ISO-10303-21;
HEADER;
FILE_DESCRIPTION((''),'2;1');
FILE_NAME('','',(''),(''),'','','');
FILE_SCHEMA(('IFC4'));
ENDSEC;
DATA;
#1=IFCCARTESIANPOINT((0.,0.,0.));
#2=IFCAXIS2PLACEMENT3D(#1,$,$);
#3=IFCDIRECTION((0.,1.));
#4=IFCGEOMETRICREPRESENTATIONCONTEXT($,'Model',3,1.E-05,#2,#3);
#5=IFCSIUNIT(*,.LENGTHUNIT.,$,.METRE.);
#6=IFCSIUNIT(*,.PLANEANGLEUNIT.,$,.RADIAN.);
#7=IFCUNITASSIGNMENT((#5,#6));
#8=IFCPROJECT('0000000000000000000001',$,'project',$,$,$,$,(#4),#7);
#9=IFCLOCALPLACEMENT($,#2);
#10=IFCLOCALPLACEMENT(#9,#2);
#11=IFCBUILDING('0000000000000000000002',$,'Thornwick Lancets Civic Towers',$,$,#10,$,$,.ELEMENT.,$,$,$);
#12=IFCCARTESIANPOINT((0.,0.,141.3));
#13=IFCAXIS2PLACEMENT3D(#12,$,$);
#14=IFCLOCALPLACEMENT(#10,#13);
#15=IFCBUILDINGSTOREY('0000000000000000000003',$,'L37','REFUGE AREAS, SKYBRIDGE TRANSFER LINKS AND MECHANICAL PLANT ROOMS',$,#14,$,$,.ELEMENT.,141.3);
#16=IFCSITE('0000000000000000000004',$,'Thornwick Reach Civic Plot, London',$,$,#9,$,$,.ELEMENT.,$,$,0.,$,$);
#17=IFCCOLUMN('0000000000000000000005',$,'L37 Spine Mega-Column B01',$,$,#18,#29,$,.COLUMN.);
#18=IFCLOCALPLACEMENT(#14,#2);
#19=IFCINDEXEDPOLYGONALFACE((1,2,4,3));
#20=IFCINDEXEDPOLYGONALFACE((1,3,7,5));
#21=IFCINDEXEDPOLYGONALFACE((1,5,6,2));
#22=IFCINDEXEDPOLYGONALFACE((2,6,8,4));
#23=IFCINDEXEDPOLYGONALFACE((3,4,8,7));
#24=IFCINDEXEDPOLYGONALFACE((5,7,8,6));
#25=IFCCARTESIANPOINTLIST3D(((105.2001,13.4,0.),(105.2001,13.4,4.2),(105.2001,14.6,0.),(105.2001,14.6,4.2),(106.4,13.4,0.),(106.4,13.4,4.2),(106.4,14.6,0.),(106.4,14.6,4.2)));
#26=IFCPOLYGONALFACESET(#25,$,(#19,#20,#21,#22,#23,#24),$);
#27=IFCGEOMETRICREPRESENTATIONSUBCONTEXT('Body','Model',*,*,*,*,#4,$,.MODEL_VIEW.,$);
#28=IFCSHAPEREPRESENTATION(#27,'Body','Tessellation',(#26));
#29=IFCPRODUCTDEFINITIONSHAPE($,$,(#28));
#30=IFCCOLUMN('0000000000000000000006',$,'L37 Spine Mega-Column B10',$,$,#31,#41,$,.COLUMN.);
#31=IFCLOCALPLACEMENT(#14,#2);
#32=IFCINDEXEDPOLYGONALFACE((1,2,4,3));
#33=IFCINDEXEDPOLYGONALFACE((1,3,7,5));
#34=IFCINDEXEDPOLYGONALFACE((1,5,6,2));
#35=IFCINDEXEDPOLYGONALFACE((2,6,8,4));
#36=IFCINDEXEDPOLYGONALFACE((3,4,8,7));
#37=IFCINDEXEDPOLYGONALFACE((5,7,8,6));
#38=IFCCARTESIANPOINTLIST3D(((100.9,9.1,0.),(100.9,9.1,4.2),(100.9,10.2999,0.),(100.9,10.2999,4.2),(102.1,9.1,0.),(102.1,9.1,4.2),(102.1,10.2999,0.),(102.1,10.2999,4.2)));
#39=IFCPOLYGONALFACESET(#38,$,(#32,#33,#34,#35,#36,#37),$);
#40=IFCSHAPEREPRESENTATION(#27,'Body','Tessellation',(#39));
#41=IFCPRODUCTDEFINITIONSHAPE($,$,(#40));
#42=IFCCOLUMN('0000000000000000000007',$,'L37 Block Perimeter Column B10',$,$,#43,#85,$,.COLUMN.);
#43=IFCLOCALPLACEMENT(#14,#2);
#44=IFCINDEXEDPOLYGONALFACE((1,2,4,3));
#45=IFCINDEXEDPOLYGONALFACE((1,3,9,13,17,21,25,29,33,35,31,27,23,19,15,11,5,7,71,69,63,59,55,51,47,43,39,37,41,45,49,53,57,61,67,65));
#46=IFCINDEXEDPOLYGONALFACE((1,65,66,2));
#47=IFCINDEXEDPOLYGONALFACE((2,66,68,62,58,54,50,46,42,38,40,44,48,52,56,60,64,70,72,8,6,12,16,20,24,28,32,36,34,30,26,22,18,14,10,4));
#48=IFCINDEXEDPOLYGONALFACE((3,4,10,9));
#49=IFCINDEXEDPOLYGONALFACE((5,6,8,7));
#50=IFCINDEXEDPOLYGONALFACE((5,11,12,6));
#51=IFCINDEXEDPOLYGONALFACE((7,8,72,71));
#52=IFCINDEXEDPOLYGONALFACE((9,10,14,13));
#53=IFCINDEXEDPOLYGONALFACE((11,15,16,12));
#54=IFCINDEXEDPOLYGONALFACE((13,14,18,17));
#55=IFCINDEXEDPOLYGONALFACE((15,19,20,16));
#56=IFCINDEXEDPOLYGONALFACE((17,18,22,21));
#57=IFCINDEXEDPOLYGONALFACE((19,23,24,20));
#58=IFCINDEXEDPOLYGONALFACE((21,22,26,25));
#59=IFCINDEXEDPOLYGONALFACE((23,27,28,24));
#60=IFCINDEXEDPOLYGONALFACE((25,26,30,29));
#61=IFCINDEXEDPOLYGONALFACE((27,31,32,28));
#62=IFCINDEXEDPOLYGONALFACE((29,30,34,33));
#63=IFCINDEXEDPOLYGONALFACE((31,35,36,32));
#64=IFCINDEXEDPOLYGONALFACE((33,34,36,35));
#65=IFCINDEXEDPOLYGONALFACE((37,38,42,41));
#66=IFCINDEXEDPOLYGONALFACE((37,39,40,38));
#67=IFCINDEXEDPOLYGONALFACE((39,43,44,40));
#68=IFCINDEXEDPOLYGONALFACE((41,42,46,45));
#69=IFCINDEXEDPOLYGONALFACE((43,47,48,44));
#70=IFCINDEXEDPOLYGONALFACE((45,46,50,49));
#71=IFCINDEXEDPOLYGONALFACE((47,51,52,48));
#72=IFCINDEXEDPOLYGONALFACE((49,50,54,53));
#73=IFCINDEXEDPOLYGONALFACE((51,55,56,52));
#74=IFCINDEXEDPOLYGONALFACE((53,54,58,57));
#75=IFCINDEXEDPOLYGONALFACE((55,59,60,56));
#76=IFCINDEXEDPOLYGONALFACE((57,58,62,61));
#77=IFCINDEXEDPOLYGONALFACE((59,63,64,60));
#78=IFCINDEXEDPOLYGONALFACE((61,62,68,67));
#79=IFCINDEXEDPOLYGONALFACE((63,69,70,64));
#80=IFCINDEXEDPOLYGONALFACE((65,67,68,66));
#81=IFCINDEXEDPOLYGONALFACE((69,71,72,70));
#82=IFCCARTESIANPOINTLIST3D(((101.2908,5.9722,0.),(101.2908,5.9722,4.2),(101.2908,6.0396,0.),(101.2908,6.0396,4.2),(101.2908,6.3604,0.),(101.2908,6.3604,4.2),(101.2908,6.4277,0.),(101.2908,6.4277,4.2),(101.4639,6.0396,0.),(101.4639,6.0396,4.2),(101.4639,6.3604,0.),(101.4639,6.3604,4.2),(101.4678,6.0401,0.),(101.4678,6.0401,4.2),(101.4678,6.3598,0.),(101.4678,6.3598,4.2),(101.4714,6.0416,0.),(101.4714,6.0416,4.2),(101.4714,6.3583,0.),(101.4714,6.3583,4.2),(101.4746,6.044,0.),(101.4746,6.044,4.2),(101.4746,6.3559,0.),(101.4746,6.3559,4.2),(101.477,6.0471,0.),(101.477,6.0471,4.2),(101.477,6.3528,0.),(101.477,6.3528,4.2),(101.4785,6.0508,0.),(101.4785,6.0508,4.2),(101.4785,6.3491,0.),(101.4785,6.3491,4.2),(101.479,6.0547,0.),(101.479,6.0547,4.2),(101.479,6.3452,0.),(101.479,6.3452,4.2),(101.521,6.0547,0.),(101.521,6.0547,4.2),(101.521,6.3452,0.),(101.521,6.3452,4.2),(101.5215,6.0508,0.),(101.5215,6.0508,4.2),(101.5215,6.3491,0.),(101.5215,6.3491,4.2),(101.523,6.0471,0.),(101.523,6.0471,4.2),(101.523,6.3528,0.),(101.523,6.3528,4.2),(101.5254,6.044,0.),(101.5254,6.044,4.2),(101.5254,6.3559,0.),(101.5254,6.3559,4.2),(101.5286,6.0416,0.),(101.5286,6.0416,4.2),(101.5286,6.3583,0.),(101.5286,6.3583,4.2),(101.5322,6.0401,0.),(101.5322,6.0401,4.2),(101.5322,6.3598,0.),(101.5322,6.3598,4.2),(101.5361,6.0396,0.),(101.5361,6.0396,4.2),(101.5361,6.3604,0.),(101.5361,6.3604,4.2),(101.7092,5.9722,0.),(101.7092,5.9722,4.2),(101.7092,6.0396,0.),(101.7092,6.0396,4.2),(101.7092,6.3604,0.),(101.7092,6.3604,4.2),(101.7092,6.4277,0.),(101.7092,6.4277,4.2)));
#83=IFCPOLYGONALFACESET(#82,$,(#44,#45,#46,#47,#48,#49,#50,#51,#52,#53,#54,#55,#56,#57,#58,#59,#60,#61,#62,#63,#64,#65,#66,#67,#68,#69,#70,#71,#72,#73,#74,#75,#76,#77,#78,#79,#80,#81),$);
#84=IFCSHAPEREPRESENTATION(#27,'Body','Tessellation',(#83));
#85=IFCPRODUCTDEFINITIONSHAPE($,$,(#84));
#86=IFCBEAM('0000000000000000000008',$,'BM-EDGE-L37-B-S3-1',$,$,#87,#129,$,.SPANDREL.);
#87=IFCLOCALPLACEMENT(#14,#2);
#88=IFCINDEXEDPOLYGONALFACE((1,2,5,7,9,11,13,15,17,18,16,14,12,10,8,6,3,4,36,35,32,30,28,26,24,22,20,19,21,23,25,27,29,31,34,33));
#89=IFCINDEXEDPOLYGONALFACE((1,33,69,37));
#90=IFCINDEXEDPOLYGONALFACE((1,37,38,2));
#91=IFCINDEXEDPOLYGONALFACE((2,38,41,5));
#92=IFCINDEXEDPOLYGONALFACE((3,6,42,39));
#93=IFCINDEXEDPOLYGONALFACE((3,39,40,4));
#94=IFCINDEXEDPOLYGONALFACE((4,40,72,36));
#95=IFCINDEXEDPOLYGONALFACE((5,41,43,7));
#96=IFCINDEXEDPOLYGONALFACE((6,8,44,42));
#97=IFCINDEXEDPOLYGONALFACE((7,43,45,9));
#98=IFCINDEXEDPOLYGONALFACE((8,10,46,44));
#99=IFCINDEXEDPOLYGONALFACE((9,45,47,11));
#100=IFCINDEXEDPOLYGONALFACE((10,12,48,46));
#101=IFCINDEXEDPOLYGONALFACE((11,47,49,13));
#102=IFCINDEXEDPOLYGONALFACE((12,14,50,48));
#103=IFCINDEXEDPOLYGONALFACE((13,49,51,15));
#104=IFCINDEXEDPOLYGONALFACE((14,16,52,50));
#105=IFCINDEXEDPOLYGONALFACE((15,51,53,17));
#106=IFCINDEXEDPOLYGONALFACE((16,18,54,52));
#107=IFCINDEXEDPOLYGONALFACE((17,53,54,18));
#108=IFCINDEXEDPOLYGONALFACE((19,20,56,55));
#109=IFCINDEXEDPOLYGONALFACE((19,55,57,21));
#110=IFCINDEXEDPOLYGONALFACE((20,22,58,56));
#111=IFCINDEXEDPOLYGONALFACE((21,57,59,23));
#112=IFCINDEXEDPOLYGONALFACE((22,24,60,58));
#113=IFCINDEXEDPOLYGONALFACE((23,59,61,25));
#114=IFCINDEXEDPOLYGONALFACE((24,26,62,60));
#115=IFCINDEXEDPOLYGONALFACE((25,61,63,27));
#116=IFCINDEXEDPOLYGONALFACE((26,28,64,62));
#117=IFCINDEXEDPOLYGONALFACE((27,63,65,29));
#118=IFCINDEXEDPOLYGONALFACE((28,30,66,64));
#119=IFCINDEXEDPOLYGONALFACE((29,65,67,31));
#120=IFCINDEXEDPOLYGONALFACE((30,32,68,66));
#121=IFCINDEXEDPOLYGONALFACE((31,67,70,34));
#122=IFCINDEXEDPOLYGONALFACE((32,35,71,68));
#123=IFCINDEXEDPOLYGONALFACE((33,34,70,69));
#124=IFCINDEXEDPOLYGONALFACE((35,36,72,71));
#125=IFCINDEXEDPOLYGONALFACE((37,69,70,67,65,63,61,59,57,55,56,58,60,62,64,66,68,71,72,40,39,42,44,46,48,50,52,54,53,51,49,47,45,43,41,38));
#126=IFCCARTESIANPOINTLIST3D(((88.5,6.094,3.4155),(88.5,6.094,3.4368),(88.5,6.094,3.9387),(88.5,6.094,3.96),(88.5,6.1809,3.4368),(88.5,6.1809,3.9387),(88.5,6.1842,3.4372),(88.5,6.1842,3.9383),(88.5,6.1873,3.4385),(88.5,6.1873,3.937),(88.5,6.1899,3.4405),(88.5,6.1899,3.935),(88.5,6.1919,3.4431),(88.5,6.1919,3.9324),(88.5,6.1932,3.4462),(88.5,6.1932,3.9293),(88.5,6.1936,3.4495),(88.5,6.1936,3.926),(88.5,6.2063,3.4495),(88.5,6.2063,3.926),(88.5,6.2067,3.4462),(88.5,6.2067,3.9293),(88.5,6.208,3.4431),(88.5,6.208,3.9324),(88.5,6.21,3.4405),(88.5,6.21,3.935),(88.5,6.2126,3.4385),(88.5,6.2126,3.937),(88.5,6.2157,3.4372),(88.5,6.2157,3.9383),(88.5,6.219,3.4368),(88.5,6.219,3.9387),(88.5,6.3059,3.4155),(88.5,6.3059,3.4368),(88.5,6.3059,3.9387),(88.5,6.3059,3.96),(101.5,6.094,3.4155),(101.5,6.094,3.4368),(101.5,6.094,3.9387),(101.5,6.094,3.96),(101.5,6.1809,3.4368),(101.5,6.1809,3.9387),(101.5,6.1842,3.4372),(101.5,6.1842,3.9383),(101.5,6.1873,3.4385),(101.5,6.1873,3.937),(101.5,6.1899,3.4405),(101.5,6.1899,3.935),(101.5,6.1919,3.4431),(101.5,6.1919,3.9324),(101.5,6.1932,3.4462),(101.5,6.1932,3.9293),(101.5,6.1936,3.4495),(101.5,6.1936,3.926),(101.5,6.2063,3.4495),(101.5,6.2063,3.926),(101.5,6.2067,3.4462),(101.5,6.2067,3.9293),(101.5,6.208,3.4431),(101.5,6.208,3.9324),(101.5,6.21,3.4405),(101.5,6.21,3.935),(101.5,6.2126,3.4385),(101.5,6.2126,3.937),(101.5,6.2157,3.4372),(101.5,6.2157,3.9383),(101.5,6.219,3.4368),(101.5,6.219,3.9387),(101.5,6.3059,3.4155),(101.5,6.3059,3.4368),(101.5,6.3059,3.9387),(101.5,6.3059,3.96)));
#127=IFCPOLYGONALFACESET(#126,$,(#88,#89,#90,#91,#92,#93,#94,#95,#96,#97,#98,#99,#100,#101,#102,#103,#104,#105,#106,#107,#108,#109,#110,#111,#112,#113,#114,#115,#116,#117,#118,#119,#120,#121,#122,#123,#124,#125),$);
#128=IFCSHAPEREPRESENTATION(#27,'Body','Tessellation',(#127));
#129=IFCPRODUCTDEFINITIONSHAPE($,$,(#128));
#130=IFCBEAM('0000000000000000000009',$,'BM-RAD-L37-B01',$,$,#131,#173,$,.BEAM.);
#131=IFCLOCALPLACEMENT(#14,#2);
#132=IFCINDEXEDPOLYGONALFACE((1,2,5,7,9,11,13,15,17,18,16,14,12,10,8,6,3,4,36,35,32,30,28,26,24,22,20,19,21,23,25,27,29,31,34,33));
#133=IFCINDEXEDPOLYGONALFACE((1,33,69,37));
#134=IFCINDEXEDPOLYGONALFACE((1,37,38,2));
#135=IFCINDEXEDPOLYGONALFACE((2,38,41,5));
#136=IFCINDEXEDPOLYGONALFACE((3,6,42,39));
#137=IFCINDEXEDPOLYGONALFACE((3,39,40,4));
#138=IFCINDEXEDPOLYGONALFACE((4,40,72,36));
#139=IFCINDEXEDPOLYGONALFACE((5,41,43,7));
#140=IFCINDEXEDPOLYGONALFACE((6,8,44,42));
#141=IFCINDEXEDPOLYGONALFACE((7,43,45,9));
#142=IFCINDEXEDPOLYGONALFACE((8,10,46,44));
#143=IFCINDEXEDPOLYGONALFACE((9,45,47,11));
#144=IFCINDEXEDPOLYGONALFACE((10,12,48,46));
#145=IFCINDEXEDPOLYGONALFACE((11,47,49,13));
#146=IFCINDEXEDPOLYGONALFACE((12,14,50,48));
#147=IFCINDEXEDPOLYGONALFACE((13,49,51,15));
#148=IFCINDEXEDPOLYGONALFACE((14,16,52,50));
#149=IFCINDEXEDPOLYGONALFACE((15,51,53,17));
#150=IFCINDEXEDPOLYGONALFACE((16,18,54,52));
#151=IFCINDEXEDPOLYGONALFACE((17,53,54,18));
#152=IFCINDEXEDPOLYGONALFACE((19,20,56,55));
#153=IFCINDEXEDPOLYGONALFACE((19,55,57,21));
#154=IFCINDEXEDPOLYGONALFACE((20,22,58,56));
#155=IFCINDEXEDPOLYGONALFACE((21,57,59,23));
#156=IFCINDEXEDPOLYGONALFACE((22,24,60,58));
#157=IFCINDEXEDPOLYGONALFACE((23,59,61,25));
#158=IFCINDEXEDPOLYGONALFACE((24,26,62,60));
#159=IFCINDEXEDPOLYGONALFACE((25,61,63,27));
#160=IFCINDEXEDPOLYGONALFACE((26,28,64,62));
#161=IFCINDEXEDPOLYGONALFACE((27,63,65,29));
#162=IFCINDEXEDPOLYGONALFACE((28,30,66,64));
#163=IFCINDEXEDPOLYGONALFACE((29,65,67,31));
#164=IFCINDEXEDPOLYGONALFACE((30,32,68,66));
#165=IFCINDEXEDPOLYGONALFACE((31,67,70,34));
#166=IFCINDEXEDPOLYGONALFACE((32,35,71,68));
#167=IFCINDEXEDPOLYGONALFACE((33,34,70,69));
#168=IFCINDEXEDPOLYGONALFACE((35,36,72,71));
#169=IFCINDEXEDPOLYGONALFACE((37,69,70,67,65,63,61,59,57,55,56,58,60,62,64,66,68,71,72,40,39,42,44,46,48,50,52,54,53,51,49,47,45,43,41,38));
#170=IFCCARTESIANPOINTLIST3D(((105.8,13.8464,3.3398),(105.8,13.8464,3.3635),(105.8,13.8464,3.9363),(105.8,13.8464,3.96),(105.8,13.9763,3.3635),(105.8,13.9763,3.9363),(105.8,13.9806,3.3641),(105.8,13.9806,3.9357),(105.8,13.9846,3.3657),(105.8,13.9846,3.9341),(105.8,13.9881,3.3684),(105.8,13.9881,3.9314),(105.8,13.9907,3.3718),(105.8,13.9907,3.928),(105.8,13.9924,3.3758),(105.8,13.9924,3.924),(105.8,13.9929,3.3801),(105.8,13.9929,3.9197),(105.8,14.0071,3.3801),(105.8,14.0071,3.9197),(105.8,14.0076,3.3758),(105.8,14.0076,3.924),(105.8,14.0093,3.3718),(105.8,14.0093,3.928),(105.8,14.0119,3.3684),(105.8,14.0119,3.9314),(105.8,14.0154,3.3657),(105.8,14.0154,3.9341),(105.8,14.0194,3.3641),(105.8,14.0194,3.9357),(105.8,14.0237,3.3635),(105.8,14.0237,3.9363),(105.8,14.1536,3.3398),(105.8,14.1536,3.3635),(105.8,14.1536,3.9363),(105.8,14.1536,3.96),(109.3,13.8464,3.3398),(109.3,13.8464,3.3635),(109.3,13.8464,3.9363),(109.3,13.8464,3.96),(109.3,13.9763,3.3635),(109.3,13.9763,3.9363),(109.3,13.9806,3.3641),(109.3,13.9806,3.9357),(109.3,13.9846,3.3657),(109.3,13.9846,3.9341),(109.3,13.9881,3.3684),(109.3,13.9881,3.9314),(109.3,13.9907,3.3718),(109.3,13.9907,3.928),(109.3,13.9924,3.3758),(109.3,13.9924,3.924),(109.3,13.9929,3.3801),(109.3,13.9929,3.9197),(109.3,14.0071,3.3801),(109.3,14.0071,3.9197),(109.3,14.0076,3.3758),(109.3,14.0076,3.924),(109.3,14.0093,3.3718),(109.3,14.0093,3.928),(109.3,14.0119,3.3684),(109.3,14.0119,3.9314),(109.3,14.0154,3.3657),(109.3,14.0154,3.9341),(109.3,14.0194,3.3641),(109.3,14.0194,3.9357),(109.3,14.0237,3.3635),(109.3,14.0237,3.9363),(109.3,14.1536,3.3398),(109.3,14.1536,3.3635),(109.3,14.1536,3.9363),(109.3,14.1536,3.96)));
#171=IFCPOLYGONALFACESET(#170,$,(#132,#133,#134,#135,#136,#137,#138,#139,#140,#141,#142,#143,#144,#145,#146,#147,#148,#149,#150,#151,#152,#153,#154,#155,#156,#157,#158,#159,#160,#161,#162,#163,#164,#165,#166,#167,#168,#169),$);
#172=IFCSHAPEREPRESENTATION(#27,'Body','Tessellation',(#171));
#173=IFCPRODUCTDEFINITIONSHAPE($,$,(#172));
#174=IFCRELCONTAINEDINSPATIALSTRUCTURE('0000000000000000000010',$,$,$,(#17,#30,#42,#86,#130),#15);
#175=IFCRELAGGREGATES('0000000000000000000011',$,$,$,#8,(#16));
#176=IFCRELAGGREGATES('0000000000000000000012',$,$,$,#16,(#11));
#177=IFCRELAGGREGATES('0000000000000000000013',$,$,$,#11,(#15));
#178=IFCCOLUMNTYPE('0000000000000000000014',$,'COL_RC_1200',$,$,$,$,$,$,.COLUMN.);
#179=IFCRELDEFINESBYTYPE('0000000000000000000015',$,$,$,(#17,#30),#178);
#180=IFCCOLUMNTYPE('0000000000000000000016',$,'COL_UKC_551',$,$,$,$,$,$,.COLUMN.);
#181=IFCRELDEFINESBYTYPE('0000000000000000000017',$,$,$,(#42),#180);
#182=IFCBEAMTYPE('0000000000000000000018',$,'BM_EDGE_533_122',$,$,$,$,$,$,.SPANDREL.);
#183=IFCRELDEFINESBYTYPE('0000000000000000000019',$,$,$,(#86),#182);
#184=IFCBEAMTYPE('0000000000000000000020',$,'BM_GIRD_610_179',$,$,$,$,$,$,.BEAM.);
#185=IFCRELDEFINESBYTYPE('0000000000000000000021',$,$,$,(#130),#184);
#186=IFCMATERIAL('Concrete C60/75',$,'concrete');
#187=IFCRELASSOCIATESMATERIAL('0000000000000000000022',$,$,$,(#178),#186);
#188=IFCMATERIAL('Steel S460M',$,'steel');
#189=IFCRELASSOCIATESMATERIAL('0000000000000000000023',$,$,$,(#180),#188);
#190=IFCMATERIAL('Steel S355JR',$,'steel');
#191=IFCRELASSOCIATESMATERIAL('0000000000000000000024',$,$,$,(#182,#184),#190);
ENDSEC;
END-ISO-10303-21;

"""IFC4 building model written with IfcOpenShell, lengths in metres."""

from ifc_helpers import new_model, si_unit, direction, frame, origin, origin_2d, place, context, subcontext, project, spatial, rectangle, i_section, extrude, material, material_profile, profile_set, type_object, element, save


model = new_model("IFC4")

# Units and contexts
model_context = context("Model", 3, precision=1e-05, world=origin(), true_north=direction((0.0, 1.0)))
body_context = subcontext(model_context, "Body", "Model", "MODEL_VIEW")
ifc_project = project(units=[si_unit("LENGTHUNIT", "METRE"), si_unit("PLANEANGLEUNIT", "RADIAN")], contexts=[model_context])

# Site, building, storey
site_placement = place(None, origin())
site = spatial("IfcSite", under=ifc_project, at=site_placement, Name="Thornwick Reach Civic Plot, London", CompositionType="ELEMENT", RefElevation=0.0)
building_placement = place(site_placement, origin())
building = spatial("IfcBuilding", under=site, at=building_placement, Name="Thornwick Lancets Civic Towers", CompositionType="ELEMENT")
storey_placement = place(building_placement, frame((0.0, 0.0, 141.3)))
storey = spatial("IfcBuildingStorey", under=building, at=storey_placement, Name="L37", Description="REFUGE AREAS, SKYBRIDGE TRANSFER LINKS AND MECHANICAL PLANT ROOMS", CompositionType="ELEMENT", Elevation=141.3)

# Columns
ifc_material_1 = material(Name="Concrete C60/75", Category="concrete")
ifc_material_profile_1 = material_profile(ifc_material_1, rectangle(XDim=1.2, YDim=1.2, at=origin_2d()), Name="RC 1200x1200")
ifc_profile_set_1 = profile_set([ifc_material_profile_1], Name="Concrete C60/75")
column_type_1 = type_object("IfcColumnType", Name="COL_RC_1200", PredefinedType="COLUMN", material=ifc_profile_set_1)
for number, where, z_axis, x_axis, name in (
    (1, (105.8, 14.0, 0.0), (0.0, 0.0, 1.0), (1.0, 0.0, 0.0), "L37 Spine Mega-Column B01"),
    (2, (101.5, 9.7, 0.0), (0.0, 0.0, 1.0), (1.0, 0.0, 0.0), "L37 Spine Mega-Column B10"),
):
    element("IfcColumn", number, at=place(storey_placement, frame(where, z_axis=z_axis, x_axis=x_axis)), inside=storey, type_object=column_type_1, Name=name, PredefinedType="COLUMN", context=body_context, shape_type="SweptSolid", body=[
        extrude(rectangle(XDim=1.2, YDim=1.2, at=origin_2d()), origin(), (0.0, 0.0, 1.0), 4.2),
    ])
ifc_material_2 = material(Name="Steel S460M", Category="steel")
ifc_material_profile_2 = material_profile(ifc_material_2, i_section(OverallWidth=0.4185, OverallDepth=0.4556, WebThickness=0.042, FlangeThickness=0.0674, FilletRadius=0.0151, at=origin_2d()), Name="UKC 356x406x551")
ifc_profile_set_2 = profile_set([ifc_material_profile_2], Name="Steel S460M")
column_type_2 = type_object("IfcColumnType", Name="COL_UKC_551", PredefinedType="COLUMN", material=ifc_profile_set_2)
column_placement = place(storey_placement, frame((101.5, 6.2, 0.0), z_axis=(0.0, 0.0, 1.0), x_axis=(1.0, 0.0, 0.0)))
element("IfcColumn", 3, at=column_placement, inside=storey, type_object=column_type_2, Name="L37 Block Perimeter Column B10", PredefinedType="COLUMN", context=body_context, shape_type="SweptSolid", body=[
    extrude(i_section(OverallWidth=0.4185, OverallDepth=0.4556, WebThickness=0.042, FlangeThickness=0.0674, FilletRadius=0.0151, at=origin_2d()), origin(), (0.0, 0.0, 1.0), 4.2),
])

# Beams
ifc_material_3 = material(Name="Steel S355JR", Category="steel")
ifc_material_profile_3 = material_profile(ifc_material_3, i_section(OverallWidth=0.2119, OverallDepth=0.5444, WebThickness=0.0127, FlangeThickness=0.0212, FilletRadius=0.0127, at=origin_2d()), Name="UKB 533x210x122")
ifc_profile_set_3 = profile_set([ifc_material_profile_3], Name="Steel S355JR")
beam_type_1 = type_object("IfcBeamType", Name="BM_EDGE_533_122", PredefinedType="SPANDREL", material=ifc_profile_set_3)
beam_placement = place(storey_placement, frame((101.5, 6.2, 3.6877), z_axis=(-1.0, 0.0, 0.0), x_axis=(0.0, -1.0, 0.0)))
element("IfcBeam", 4, at=beam_placement, inside=storey, type_object=beam_type_1, Name="BM-EDGE-L37-B-S3-1", PredefinedType="SPANDREL", context=body_context, shape_type="SweptSolid", body=[
    extrude(i_section(OverallWidth=0.2119, OverallDepth=0.5444, WebThickness=0.0127, FlangeThickness=0.0212, FilletRadius=0.0127, at=origin_2d()), origin(), (0.0, 0.0, 1.0), 13.0),
])
ifc_material_profile_4 = material_profile(ifc_material_3, i_section(OverallWidth=0.3071, OverallDepth=0.6201, WebThickness=0.0142, FlangeThickness=0.0237, FilletRadius=0.0166, at=origin_2d()), Name="UKB 610x305x179")
ifc_profile_set_4 = profile_set([ifc_material_profile_4], Name="Steel S355JR")
beam_type_2 = type_object("IfcBeamType", Name="BM_GIRD_610_179", PredefinedType="BEAM", material=ifc_profile_set_4)
for number, where, z_axis, x_axis, name in (
    (5, (105.8, 14.0, 3.6499), (1.0, 0.0, 0.0), (0.0, 1.0, 0.0), "BM-RAD-L37-B01"),
):
    element("IfcBeam", number, at=place(storey_placement, frame(where, z_axis=z_axis, x_axis=x_axis)), inside=storey, type_object=beam_type_2, Name=name, PredefinedType="BEAM", context=body_context, shape_type="SweptSolid", body=[
        extrude(i_section(OverallWidth=0.3071, OverallDepth=0.6201, WebThickness=0.0142, FlangeThickness=0.0237, FilletRadius=0.0166, at=origin_2d()), origin(), (0.0, 0.0, 1.0), 3.5),
    ])

save(model, "model.ifc")
